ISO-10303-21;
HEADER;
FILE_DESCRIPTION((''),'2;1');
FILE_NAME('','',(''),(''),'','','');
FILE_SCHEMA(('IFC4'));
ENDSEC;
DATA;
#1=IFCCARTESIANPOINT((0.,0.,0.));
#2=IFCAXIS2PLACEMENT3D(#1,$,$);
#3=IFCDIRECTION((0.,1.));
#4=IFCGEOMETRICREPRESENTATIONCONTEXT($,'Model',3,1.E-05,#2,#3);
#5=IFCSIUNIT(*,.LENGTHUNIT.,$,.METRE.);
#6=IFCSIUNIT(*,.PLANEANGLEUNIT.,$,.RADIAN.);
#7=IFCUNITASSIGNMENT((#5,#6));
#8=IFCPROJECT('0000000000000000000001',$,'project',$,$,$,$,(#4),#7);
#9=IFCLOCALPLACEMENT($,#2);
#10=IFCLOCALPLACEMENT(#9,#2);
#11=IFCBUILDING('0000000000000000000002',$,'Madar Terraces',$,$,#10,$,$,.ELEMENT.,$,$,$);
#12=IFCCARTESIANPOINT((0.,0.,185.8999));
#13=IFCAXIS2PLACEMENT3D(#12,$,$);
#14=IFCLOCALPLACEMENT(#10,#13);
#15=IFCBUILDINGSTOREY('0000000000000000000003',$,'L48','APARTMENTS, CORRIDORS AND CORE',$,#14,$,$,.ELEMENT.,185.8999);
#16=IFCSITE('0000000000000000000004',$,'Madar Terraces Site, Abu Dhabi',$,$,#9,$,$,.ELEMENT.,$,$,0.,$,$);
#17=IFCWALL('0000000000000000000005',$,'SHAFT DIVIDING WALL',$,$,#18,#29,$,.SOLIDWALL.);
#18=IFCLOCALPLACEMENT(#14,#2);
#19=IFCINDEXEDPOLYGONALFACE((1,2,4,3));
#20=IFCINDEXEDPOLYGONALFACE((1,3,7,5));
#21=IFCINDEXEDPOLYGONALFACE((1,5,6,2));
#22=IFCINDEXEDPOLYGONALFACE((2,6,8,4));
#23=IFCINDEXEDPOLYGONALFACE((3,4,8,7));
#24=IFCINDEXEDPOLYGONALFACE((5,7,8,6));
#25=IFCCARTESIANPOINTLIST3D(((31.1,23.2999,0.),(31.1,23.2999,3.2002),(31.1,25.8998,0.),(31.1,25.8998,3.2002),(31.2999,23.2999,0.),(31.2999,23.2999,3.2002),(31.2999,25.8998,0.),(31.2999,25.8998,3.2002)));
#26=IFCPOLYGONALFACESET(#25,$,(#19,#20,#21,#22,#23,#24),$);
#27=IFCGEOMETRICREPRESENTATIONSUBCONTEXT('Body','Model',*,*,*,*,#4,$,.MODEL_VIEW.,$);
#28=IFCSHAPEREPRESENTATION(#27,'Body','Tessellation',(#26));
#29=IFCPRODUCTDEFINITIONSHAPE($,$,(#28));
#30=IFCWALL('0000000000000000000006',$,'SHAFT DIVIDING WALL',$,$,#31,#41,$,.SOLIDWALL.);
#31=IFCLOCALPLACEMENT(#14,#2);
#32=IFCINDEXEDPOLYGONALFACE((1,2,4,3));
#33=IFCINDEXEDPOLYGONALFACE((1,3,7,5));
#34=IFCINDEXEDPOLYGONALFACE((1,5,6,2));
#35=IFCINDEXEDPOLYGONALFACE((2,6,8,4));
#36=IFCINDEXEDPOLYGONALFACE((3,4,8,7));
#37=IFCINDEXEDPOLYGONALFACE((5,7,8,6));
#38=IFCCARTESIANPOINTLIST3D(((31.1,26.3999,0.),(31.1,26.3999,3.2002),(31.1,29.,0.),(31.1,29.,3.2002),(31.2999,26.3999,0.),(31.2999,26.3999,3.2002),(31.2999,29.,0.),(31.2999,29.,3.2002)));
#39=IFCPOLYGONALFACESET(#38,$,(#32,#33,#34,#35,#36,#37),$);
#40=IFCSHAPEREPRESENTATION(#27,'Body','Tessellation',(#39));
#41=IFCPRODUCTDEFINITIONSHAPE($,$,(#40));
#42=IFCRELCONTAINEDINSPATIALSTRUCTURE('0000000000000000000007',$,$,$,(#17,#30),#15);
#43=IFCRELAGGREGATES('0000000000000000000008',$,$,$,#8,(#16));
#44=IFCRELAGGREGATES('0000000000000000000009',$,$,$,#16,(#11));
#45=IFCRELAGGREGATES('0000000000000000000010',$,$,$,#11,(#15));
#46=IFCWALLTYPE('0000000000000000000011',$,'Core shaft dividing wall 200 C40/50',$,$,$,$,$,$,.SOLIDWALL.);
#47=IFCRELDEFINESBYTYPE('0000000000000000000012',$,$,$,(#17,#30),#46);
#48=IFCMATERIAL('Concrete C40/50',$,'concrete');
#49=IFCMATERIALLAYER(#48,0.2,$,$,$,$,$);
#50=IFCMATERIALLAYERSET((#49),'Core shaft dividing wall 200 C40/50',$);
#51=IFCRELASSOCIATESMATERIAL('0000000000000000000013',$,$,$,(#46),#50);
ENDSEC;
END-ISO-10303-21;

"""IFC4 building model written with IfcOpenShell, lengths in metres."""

from ifc_helpers import new_model, si_unit, direction, frame, frame_2d, origin, place, context, subcontext, project, spatial, rectangle, extrude, material, layer, layer_set, type_object, element, save


model = new_model("IFC4")

# Units and contexts
model_context = context("Model", 3, precision=1e-05, world=origin(), true_north=direction((0.0, 1.0)))
body_context = subcontext(model_context, "Body", "Model", "MODEL_VIEW")
ifc_project = project(units=[si_unit("LENGTHUNIT", "METRE"), si_unit("PLANEANGLEUNIT", "RADIAN")], contexts=[model_context])

# Site, building, storey
site_placement = place(None, origin())
site = spatial("IfcSite", under=ifc_project, at=site_placement, Name="Madar Terraces Site, Abu Dhabi", CompositionType="ELEMENT", RefElevation=0.0)
building_placement = place(site_placement, origin())
building = spatial("IfcBuilding", under=site, at=building_placement, Name="Madar Terraces", CompositionType="ELEMENT")
storey_placement = place(building_placement, frame((0.0, 0.0, 185.8999)))
storey = spatial("IfcBuildingStorey", under=building, at=storey_placement, Name="L48", Description="APARTMENTS, CORRIDORS AND CORE", CompositionType="ELEMENT", Elevation=185.8999)

# Walls
ifc_material_1 = material(Name="Concrete C40/50", Category="concrete")
ifc_layer_1 = layer(ifc_material_1, 0.2)
ifc_layer_set_1 = layer_set([ifc_layer_1], Name="Core shaft dividing wall 200 C40/50")
wall_type_1 = type_object("IfcWallType", Name="Core shaft dividing wall 200 C40/50", PredefinedType="SOLIDWALL", material=ifc_layer_set_1)
wall_1_placement = place(storey_placement, frame((31.2, 23.3, 0.0), z_axis=(0.0, 0.0, 1.0), x_axis=(0.0, 1.0, 0.0)))
element("IfcWall", 1, at=wall_1_placement, inside=storey, type_object=wall_type_1, Name="SHAFT DIVIDING WALL", PredefinedType="SOLIDWALL", context=body_context, shape_type="SweptSolid", body=[
    extrude(rectangle(XDim=2.5999, YDim=0.2, at=frame_2d((1.2998, 0.0))), origin(), (0.0, 0.0, 1.0), 3.2002),
])
wall_2_placement = place(storey_placement, frame((31.2, 26.3999, 0.0), z_axis=(0.0, 0.0, 1.0), x_axis=(0.0, 1.0, 0.0)))
element("IfcWall", 2, at=wall_2_placement, inside=storey, type_object=wall_type_1, Name="SHAFT DIVIDING WALL", PredefinedType="SOLIDWALL", context=body_context, shape_type="SweptSolid", body=[
    extrude(rectangle(XDim=2.6001, YDim=0.2, at=frame_2d((1.3, 0.0))), origin(), (0.0, 0.0, 1.0), 3.2002),
])

save(model, "model.ifc")
